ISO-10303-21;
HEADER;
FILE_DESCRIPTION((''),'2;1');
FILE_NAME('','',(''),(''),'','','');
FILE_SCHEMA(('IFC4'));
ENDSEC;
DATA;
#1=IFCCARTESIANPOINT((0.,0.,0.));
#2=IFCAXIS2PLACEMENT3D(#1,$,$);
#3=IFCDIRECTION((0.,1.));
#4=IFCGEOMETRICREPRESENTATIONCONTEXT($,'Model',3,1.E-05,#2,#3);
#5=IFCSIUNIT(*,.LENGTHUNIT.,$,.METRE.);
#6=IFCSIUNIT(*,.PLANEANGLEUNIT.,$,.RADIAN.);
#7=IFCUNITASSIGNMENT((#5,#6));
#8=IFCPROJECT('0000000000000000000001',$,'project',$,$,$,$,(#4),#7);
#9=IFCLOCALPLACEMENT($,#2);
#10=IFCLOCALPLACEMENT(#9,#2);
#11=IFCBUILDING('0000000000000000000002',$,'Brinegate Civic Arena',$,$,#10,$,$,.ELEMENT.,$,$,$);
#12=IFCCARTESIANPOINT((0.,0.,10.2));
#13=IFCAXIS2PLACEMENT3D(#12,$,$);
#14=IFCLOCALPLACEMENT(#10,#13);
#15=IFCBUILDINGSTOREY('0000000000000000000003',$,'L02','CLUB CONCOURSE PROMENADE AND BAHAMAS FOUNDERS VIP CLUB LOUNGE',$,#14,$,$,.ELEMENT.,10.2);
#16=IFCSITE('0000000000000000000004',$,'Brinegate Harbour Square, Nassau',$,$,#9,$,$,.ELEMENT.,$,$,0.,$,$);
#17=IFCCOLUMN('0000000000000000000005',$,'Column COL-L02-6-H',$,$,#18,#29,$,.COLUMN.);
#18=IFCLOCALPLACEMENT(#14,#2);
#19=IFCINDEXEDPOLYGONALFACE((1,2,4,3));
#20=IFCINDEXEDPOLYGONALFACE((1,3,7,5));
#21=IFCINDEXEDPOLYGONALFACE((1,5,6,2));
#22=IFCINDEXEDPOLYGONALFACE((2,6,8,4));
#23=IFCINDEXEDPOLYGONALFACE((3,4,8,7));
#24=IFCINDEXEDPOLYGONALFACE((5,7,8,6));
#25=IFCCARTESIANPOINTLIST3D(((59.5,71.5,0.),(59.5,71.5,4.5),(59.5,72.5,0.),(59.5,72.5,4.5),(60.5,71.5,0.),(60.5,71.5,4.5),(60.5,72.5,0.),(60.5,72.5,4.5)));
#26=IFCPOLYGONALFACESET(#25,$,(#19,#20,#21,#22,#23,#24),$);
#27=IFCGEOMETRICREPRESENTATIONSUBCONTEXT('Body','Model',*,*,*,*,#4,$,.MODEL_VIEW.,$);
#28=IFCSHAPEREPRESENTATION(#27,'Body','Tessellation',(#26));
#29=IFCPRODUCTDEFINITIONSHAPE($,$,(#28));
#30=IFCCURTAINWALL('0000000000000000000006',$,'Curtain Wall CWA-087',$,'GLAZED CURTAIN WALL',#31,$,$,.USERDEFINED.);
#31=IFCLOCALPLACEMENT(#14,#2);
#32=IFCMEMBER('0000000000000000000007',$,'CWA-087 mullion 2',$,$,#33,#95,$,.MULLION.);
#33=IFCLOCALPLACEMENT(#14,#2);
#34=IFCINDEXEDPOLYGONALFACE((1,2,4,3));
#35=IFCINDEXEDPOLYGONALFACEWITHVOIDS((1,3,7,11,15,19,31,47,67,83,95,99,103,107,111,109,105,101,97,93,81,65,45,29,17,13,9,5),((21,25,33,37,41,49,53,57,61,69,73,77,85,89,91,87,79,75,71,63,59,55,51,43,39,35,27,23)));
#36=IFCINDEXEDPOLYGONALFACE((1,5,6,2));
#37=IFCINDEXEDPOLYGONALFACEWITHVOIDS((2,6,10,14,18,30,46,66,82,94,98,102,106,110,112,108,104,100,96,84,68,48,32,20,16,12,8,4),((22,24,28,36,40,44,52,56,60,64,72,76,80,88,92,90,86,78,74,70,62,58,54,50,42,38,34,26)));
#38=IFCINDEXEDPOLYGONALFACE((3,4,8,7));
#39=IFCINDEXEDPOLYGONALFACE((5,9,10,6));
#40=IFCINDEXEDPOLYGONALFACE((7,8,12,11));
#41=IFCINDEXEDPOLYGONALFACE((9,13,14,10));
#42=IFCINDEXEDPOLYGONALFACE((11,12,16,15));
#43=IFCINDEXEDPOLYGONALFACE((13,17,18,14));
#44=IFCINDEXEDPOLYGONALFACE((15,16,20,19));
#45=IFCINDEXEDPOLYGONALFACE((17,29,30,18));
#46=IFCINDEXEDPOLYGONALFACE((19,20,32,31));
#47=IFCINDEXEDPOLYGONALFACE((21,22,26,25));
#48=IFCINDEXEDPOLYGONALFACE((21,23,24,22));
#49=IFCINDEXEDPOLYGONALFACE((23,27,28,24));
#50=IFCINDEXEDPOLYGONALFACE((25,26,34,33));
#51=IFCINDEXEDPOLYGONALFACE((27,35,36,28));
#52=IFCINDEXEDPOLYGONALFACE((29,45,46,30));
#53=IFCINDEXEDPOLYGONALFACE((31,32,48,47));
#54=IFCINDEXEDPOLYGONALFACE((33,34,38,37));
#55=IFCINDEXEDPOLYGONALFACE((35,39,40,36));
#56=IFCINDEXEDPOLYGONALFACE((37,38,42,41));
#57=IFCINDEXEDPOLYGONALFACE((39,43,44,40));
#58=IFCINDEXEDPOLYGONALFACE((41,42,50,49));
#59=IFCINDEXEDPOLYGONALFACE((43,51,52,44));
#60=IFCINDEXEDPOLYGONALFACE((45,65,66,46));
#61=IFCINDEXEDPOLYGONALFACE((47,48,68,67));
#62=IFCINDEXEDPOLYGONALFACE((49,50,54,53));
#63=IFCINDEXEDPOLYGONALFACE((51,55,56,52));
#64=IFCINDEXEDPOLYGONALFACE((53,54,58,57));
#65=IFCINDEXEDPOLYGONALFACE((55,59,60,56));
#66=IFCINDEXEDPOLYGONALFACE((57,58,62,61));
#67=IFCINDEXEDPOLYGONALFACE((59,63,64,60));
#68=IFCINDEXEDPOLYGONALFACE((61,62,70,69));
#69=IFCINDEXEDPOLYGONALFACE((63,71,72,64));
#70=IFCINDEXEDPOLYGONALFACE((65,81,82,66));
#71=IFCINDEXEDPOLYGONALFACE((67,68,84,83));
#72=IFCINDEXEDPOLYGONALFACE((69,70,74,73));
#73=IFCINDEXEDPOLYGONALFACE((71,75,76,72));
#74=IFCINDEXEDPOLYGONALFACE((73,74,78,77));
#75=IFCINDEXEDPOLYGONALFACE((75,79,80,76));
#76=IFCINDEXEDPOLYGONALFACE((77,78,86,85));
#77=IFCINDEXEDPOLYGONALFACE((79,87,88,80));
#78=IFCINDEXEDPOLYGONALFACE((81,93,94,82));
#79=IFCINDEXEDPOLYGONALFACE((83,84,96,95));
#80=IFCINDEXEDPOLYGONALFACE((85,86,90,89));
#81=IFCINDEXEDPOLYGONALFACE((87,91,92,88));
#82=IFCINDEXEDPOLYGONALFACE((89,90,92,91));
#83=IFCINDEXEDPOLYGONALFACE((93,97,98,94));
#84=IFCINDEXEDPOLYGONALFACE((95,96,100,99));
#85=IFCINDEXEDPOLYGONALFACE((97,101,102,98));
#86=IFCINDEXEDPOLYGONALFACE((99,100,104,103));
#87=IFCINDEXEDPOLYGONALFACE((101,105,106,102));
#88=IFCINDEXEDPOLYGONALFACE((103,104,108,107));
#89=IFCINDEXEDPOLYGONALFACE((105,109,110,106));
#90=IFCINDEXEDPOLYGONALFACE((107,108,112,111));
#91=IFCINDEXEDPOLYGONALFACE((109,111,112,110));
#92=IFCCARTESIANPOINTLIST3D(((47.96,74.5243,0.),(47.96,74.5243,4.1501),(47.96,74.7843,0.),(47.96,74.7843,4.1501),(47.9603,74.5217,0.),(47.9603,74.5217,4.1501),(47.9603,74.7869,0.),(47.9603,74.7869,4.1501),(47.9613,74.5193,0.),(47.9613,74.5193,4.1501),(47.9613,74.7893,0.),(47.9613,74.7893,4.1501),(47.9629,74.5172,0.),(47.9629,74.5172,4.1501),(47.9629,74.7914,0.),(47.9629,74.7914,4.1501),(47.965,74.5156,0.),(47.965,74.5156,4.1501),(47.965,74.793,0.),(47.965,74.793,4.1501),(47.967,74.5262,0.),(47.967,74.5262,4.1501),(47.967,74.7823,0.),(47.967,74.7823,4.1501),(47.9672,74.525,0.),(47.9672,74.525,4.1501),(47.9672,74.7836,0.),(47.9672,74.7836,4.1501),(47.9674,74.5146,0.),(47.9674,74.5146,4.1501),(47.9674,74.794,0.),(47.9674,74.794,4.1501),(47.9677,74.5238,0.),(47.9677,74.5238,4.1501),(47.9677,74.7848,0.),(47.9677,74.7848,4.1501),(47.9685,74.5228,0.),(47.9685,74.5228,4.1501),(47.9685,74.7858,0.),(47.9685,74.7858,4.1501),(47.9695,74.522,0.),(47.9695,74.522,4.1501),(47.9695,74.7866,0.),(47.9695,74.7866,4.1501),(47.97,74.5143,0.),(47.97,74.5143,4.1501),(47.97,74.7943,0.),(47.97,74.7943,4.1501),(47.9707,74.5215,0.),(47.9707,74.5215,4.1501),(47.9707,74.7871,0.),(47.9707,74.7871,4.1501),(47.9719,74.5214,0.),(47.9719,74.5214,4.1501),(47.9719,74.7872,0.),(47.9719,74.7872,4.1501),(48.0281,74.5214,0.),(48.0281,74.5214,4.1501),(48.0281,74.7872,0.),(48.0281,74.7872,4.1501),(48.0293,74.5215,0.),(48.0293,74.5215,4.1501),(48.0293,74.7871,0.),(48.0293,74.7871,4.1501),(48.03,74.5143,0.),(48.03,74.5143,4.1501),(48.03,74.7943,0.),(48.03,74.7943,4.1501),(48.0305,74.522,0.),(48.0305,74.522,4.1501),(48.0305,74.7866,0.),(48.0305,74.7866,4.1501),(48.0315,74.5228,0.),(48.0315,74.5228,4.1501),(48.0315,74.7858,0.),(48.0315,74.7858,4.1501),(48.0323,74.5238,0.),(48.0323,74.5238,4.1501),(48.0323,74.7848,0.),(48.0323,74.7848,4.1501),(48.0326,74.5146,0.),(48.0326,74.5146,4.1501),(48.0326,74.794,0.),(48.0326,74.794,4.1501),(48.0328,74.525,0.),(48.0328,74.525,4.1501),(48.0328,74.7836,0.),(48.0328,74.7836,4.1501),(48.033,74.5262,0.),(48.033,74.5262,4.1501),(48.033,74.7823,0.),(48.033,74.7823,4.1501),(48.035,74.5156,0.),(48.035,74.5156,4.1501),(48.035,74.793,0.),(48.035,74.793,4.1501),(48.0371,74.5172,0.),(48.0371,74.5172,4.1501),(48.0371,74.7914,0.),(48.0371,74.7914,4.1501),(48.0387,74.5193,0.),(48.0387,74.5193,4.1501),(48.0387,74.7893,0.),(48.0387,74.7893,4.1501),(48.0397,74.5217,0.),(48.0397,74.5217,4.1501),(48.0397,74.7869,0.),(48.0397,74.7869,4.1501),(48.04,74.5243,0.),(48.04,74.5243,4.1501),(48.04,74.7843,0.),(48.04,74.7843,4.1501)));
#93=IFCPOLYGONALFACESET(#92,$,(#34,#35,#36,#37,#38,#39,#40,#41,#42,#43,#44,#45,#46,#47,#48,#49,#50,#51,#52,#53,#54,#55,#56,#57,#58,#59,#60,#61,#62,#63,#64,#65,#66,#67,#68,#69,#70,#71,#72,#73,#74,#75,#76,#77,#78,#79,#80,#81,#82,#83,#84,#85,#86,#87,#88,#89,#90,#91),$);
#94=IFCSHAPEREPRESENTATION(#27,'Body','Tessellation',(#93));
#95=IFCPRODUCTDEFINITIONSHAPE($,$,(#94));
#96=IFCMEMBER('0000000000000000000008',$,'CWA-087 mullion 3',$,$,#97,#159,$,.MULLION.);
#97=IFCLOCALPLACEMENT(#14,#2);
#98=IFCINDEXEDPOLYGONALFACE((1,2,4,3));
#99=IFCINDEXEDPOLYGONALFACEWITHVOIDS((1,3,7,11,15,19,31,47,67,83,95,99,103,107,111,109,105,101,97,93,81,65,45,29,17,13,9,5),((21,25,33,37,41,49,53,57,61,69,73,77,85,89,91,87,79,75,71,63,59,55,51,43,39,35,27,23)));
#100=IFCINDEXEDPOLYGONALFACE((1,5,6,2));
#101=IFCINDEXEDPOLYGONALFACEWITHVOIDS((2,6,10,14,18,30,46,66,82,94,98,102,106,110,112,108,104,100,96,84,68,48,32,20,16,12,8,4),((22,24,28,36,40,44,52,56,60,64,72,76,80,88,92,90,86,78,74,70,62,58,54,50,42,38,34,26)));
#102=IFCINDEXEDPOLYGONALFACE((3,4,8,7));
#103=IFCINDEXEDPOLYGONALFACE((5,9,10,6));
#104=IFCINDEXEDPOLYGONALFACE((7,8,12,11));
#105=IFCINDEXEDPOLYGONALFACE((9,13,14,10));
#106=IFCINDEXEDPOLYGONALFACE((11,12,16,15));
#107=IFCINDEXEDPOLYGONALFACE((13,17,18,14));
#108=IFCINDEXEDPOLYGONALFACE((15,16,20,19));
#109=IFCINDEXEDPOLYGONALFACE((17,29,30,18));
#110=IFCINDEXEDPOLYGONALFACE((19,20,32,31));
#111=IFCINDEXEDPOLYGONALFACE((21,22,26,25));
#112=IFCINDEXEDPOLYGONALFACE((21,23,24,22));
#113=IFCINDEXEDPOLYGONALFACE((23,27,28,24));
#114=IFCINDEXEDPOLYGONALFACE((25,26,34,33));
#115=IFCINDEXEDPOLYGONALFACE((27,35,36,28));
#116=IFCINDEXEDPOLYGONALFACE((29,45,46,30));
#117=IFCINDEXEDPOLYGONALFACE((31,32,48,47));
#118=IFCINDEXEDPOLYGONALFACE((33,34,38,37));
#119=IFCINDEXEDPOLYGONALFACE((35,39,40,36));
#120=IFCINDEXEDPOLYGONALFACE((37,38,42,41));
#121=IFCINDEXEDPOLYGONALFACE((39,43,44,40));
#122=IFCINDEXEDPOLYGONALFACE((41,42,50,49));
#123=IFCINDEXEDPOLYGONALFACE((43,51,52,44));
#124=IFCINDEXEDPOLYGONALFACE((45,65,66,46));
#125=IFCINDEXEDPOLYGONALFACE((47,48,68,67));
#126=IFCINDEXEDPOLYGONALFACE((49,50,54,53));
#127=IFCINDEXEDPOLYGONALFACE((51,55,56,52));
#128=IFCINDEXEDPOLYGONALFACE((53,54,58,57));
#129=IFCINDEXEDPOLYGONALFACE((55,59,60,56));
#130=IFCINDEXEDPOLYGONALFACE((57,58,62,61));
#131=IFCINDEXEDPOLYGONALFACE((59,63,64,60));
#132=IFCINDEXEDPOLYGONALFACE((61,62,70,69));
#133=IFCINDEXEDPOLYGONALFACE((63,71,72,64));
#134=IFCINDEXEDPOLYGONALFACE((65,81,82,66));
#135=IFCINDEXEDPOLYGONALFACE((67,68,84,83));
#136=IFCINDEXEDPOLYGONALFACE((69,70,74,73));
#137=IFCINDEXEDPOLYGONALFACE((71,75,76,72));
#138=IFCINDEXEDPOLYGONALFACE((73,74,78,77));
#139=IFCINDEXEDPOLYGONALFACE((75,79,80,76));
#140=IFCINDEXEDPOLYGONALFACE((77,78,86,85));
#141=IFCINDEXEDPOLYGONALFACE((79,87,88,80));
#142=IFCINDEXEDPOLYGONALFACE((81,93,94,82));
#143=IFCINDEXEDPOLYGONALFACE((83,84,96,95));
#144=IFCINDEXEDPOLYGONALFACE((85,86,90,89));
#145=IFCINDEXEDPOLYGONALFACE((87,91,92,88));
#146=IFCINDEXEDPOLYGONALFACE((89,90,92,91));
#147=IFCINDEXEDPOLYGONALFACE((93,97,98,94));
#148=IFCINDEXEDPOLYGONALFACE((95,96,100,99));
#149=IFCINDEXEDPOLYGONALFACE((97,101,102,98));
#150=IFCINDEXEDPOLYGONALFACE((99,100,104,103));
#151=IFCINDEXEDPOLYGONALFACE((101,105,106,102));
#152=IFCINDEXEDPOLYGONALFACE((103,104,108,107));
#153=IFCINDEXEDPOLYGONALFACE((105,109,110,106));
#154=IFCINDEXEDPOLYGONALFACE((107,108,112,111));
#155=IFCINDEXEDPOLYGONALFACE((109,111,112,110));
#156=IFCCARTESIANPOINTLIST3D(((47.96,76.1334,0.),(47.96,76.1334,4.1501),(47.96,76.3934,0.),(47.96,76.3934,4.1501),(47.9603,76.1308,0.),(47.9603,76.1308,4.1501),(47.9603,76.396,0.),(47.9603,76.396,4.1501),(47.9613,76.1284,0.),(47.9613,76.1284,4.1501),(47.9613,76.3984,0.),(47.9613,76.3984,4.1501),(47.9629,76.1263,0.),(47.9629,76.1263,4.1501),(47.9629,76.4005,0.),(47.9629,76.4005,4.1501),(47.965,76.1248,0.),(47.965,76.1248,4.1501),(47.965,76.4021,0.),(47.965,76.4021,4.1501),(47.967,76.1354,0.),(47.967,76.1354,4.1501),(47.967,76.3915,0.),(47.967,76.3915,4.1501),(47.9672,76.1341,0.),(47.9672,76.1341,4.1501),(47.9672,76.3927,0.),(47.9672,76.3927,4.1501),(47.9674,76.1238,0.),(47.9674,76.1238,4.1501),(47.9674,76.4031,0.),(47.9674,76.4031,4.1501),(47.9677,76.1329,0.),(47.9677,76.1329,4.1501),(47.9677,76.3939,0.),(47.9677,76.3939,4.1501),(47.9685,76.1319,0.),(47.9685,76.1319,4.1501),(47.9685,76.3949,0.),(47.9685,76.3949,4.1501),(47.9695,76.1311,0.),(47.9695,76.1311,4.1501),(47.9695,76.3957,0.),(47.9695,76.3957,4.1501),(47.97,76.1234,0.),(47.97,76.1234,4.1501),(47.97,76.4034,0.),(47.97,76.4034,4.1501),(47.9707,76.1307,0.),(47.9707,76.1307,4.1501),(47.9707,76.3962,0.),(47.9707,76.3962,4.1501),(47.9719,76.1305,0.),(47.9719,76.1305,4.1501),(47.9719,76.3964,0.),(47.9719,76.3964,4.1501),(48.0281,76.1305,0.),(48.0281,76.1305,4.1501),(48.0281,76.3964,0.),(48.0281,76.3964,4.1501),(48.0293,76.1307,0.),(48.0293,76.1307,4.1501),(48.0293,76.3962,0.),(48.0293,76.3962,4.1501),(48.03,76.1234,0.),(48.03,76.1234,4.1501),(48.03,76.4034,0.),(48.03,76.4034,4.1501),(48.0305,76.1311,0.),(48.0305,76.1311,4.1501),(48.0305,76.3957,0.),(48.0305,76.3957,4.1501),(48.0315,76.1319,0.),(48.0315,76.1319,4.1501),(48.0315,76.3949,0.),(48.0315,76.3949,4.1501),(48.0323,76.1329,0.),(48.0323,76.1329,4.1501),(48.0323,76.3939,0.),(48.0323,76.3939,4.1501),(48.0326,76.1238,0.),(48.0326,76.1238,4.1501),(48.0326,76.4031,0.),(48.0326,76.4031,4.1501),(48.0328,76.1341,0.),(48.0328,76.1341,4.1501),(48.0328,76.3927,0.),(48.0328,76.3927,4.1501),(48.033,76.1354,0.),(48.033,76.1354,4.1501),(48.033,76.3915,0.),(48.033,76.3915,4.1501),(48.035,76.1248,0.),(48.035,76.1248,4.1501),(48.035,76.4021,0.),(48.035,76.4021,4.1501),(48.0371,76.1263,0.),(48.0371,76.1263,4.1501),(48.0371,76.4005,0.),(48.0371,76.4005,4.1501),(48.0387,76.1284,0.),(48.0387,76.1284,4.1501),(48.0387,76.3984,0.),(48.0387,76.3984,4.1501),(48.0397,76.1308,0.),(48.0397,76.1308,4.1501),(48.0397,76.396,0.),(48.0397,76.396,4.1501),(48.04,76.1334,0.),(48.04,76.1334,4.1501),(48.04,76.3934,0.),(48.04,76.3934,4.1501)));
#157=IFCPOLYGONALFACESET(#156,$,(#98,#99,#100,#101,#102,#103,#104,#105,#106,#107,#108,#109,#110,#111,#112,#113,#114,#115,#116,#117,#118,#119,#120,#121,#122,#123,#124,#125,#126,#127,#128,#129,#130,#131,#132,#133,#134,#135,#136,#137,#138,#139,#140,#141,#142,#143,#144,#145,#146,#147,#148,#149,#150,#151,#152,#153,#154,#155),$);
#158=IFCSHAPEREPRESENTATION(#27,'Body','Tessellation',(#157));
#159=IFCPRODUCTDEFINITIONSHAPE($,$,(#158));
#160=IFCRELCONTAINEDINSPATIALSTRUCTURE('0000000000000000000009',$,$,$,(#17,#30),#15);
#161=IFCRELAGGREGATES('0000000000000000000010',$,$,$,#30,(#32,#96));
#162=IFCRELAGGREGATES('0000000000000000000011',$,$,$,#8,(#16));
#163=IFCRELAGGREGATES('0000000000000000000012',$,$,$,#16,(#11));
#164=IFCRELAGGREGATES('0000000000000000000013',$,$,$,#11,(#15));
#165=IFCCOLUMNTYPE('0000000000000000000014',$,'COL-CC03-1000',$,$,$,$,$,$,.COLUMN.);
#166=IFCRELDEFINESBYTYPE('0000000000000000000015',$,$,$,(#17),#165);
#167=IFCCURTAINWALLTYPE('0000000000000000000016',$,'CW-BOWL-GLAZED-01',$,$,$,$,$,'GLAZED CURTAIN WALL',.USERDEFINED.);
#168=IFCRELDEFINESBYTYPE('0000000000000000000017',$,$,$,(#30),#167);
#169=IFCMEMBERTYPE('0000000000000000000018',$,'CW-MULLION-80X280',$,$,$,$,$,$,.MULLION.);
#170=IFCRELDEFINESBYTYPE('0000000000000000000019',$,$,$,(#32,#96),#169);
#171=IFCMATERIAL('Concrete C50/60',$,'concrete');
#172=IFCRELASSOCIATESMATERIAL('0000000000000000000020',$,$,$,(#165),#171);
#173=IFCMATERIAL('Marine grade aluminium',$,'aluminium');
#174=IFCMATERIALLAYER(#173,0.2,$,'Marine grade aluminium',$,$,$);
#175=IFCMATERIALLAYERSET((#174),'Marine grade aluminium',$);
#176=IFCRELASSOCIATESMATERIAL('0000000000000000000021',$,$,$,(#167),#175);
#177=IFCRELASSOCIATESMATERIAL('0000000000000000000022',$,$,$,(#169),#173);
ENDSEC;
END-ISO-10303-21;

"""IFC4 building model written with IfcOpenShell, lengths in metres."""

from ifc_helpers import new_model, si_unit, direction, frame, origin, origin_2d, place, context, subcontext, project, spatial, rectangle, hollow_rectangle, extrude, material, layer, layer_set, material_profile, profile_set, type_object, element, aggregate, save


model = new_model("IFC4")

# Units and contexts
model_context = context("Model", 3, precision=1e-05, world=origin(), true_north=direction((0.0, 1.0)))
body_context = subcontext(model_context, "Body", "Model", "MODEL_VIEW")
ifc_project = project(units=[si_unit("LENGTHUNIT", "METRE"), si_unit("PLANEANGLEUNIT", "RADIAN")], contexts=[model_context])

# Site, building, storey
site_placement = place(None, origin())
site = spatial("IfcSite", under=ifc_project, at=site_placement, Name="Brinegate Harbour Square, Nassau", CompositionType="ELEMENT", RefElevation=0.0)
building_placement = place(site_placement, origin())
building = spatial("IfcBuilding", under=site, at=building_placement, Name="Brinegate Civic Arena", CompositionType="ELEMENT")
storey_placement = place(building_placement, frame((0.0, 0.0, 10.2)))
storey = spatial("IfcBuildingStorey", under=building, at=storey_placement, Name="L02", Description="CLUB CONCOURSE PROMENADE AND BAHAMAS FOUNDERS VIP CLUB LOUNGE", CompositionType="ELEMENT", Elevation=10.2)

# Column
ifc_material_1 = material(Name="Concrete C50/60", Category="concrete")
ifc_material_profile_1 = material_profile(ifc_material_1, rectangle(XDim=1.0, YDim=1.0, at=origin_2d()), Name="RC1000X1000")
ifc_profile_set_1 = profile_set([ifc_material_profile_1], Name="Concrete C50/60")
column_type = type_object("IfcColumnType", Name="COL-CC03-1000", PredefinedType="COLUMN", material=ifc_profile_set_1)
column_placement = place(storey_placement, frame((60.0, 72.0, 0.0), z_axis=(0.0, 0.0, 1.0), x_axis=(1.0, 0.0, 0.0)))
element("IfcColumn", 1, at=column_placement, inside=storey, type_object=column_type, Name="Column COL-L02-6-H", PredefinedType="COLUMN", context=body_context, shape_type="SweptSolid", body=[
    extrude(rectangle(XDim=1.0, YDim=1.0, at=origin_2d()), origin(), (0.0, 0.0, 1.0), 4.5),
])

# Curtain wall, members
ifc_material_2 = material(Name="Marine grade aluminium", Category="aluminium")
ifc_layer_1 = layer(ifc_material_2, 0.2, Name="Marine grade aluminium")
ifc_layer_set_1 = layer_set([ifc_layer_1], Name="Marine grade aluminium")
curtain_wall_type = type_object("IfcCurtainWallType", Name="CW-BOWL-GLAZED-01", ElementType="GLAZED CURTAIN WALL", PredefinedType="USERDEFINED", material=ifc_layer_set_1)
curtain_wall_placement = place(storey_placement, origin())
curtain_wall = element("IfcCurtainWall", 2, at=curtain_wall_placement, inside=storey, type_object=curtain_wall_type, Name="Curtain Wall CWA-087", ObjectType="GLAZED CURTAIN WALL", PredefinedType="USERDEFINED")
ifc_material_profile_2 = material_profile(ifc_material_2, hollow_rectangle(XDim=0.0801, YDim=0.28, WallThickness=0.0071, InnerFilletRadius=0.0049, OuterFilletRadius=0.01, at=origin_2d()), Name="MUL80X280")
ifc_profile_set_2 = profile_set([ifc_material_profile_2], Name="Marine grade aluminium")
member_type_1 = type_object("IfcMemberType", Name="CW-MULLION-80X280", PredefinedType="MULLION", material=ifc_profile_set_2)
member_1_placement = place(storey_placement, frame((48.0, 74.6543, 0.0), z_axis=(0.0, 0.0, 1.0), x_axis=(-1.0, 0.0, 0.0)))
member_1 = element("IfcMember", 3, at=member_1_placement, type_object=member_type_1, Name="CWA-087 mullion 2", PredefinedType="MULLION", context=body_context, shape_type="SweptSolid", body=[
    extrude(hollow_rectangle(XDim=0.0801, YDim=0.28, WallThickness=0.0071, InnerFilletRadius=0.0049, OuterFilletRadius=0.01, at=origin_2d()), origin(), (0.0, 0.0, 1.0), 4.1501),
])
member_2_placement = place(storey_placement, frame((48.0, 76.2634, 0.0), z_axis=(0.0, 0.0, 1.0), x_axis=(-1.0, 0.0, 0.0)))
member_2 = element("IfcMember", 4, at=member_2_placement, type_object=member_type_1, Name="CWA-087 mullion 3", PredefinedType="MULLION", context=body_context, shape_type="SweptSolid", body=[
    extrude(hollow_rectangle(XDim=0.0801, YDim=0.28, WallThickness=0.0071, InnerFilletRadius=0.0049, OuterFilletRadius=0.01, at=origin_2d()), origin(), (0.0, 0.0, 1.0), 4.1501),
])

aggregate(curtain_wall, [member_1, member_2])

save(model, "model.ifc")
